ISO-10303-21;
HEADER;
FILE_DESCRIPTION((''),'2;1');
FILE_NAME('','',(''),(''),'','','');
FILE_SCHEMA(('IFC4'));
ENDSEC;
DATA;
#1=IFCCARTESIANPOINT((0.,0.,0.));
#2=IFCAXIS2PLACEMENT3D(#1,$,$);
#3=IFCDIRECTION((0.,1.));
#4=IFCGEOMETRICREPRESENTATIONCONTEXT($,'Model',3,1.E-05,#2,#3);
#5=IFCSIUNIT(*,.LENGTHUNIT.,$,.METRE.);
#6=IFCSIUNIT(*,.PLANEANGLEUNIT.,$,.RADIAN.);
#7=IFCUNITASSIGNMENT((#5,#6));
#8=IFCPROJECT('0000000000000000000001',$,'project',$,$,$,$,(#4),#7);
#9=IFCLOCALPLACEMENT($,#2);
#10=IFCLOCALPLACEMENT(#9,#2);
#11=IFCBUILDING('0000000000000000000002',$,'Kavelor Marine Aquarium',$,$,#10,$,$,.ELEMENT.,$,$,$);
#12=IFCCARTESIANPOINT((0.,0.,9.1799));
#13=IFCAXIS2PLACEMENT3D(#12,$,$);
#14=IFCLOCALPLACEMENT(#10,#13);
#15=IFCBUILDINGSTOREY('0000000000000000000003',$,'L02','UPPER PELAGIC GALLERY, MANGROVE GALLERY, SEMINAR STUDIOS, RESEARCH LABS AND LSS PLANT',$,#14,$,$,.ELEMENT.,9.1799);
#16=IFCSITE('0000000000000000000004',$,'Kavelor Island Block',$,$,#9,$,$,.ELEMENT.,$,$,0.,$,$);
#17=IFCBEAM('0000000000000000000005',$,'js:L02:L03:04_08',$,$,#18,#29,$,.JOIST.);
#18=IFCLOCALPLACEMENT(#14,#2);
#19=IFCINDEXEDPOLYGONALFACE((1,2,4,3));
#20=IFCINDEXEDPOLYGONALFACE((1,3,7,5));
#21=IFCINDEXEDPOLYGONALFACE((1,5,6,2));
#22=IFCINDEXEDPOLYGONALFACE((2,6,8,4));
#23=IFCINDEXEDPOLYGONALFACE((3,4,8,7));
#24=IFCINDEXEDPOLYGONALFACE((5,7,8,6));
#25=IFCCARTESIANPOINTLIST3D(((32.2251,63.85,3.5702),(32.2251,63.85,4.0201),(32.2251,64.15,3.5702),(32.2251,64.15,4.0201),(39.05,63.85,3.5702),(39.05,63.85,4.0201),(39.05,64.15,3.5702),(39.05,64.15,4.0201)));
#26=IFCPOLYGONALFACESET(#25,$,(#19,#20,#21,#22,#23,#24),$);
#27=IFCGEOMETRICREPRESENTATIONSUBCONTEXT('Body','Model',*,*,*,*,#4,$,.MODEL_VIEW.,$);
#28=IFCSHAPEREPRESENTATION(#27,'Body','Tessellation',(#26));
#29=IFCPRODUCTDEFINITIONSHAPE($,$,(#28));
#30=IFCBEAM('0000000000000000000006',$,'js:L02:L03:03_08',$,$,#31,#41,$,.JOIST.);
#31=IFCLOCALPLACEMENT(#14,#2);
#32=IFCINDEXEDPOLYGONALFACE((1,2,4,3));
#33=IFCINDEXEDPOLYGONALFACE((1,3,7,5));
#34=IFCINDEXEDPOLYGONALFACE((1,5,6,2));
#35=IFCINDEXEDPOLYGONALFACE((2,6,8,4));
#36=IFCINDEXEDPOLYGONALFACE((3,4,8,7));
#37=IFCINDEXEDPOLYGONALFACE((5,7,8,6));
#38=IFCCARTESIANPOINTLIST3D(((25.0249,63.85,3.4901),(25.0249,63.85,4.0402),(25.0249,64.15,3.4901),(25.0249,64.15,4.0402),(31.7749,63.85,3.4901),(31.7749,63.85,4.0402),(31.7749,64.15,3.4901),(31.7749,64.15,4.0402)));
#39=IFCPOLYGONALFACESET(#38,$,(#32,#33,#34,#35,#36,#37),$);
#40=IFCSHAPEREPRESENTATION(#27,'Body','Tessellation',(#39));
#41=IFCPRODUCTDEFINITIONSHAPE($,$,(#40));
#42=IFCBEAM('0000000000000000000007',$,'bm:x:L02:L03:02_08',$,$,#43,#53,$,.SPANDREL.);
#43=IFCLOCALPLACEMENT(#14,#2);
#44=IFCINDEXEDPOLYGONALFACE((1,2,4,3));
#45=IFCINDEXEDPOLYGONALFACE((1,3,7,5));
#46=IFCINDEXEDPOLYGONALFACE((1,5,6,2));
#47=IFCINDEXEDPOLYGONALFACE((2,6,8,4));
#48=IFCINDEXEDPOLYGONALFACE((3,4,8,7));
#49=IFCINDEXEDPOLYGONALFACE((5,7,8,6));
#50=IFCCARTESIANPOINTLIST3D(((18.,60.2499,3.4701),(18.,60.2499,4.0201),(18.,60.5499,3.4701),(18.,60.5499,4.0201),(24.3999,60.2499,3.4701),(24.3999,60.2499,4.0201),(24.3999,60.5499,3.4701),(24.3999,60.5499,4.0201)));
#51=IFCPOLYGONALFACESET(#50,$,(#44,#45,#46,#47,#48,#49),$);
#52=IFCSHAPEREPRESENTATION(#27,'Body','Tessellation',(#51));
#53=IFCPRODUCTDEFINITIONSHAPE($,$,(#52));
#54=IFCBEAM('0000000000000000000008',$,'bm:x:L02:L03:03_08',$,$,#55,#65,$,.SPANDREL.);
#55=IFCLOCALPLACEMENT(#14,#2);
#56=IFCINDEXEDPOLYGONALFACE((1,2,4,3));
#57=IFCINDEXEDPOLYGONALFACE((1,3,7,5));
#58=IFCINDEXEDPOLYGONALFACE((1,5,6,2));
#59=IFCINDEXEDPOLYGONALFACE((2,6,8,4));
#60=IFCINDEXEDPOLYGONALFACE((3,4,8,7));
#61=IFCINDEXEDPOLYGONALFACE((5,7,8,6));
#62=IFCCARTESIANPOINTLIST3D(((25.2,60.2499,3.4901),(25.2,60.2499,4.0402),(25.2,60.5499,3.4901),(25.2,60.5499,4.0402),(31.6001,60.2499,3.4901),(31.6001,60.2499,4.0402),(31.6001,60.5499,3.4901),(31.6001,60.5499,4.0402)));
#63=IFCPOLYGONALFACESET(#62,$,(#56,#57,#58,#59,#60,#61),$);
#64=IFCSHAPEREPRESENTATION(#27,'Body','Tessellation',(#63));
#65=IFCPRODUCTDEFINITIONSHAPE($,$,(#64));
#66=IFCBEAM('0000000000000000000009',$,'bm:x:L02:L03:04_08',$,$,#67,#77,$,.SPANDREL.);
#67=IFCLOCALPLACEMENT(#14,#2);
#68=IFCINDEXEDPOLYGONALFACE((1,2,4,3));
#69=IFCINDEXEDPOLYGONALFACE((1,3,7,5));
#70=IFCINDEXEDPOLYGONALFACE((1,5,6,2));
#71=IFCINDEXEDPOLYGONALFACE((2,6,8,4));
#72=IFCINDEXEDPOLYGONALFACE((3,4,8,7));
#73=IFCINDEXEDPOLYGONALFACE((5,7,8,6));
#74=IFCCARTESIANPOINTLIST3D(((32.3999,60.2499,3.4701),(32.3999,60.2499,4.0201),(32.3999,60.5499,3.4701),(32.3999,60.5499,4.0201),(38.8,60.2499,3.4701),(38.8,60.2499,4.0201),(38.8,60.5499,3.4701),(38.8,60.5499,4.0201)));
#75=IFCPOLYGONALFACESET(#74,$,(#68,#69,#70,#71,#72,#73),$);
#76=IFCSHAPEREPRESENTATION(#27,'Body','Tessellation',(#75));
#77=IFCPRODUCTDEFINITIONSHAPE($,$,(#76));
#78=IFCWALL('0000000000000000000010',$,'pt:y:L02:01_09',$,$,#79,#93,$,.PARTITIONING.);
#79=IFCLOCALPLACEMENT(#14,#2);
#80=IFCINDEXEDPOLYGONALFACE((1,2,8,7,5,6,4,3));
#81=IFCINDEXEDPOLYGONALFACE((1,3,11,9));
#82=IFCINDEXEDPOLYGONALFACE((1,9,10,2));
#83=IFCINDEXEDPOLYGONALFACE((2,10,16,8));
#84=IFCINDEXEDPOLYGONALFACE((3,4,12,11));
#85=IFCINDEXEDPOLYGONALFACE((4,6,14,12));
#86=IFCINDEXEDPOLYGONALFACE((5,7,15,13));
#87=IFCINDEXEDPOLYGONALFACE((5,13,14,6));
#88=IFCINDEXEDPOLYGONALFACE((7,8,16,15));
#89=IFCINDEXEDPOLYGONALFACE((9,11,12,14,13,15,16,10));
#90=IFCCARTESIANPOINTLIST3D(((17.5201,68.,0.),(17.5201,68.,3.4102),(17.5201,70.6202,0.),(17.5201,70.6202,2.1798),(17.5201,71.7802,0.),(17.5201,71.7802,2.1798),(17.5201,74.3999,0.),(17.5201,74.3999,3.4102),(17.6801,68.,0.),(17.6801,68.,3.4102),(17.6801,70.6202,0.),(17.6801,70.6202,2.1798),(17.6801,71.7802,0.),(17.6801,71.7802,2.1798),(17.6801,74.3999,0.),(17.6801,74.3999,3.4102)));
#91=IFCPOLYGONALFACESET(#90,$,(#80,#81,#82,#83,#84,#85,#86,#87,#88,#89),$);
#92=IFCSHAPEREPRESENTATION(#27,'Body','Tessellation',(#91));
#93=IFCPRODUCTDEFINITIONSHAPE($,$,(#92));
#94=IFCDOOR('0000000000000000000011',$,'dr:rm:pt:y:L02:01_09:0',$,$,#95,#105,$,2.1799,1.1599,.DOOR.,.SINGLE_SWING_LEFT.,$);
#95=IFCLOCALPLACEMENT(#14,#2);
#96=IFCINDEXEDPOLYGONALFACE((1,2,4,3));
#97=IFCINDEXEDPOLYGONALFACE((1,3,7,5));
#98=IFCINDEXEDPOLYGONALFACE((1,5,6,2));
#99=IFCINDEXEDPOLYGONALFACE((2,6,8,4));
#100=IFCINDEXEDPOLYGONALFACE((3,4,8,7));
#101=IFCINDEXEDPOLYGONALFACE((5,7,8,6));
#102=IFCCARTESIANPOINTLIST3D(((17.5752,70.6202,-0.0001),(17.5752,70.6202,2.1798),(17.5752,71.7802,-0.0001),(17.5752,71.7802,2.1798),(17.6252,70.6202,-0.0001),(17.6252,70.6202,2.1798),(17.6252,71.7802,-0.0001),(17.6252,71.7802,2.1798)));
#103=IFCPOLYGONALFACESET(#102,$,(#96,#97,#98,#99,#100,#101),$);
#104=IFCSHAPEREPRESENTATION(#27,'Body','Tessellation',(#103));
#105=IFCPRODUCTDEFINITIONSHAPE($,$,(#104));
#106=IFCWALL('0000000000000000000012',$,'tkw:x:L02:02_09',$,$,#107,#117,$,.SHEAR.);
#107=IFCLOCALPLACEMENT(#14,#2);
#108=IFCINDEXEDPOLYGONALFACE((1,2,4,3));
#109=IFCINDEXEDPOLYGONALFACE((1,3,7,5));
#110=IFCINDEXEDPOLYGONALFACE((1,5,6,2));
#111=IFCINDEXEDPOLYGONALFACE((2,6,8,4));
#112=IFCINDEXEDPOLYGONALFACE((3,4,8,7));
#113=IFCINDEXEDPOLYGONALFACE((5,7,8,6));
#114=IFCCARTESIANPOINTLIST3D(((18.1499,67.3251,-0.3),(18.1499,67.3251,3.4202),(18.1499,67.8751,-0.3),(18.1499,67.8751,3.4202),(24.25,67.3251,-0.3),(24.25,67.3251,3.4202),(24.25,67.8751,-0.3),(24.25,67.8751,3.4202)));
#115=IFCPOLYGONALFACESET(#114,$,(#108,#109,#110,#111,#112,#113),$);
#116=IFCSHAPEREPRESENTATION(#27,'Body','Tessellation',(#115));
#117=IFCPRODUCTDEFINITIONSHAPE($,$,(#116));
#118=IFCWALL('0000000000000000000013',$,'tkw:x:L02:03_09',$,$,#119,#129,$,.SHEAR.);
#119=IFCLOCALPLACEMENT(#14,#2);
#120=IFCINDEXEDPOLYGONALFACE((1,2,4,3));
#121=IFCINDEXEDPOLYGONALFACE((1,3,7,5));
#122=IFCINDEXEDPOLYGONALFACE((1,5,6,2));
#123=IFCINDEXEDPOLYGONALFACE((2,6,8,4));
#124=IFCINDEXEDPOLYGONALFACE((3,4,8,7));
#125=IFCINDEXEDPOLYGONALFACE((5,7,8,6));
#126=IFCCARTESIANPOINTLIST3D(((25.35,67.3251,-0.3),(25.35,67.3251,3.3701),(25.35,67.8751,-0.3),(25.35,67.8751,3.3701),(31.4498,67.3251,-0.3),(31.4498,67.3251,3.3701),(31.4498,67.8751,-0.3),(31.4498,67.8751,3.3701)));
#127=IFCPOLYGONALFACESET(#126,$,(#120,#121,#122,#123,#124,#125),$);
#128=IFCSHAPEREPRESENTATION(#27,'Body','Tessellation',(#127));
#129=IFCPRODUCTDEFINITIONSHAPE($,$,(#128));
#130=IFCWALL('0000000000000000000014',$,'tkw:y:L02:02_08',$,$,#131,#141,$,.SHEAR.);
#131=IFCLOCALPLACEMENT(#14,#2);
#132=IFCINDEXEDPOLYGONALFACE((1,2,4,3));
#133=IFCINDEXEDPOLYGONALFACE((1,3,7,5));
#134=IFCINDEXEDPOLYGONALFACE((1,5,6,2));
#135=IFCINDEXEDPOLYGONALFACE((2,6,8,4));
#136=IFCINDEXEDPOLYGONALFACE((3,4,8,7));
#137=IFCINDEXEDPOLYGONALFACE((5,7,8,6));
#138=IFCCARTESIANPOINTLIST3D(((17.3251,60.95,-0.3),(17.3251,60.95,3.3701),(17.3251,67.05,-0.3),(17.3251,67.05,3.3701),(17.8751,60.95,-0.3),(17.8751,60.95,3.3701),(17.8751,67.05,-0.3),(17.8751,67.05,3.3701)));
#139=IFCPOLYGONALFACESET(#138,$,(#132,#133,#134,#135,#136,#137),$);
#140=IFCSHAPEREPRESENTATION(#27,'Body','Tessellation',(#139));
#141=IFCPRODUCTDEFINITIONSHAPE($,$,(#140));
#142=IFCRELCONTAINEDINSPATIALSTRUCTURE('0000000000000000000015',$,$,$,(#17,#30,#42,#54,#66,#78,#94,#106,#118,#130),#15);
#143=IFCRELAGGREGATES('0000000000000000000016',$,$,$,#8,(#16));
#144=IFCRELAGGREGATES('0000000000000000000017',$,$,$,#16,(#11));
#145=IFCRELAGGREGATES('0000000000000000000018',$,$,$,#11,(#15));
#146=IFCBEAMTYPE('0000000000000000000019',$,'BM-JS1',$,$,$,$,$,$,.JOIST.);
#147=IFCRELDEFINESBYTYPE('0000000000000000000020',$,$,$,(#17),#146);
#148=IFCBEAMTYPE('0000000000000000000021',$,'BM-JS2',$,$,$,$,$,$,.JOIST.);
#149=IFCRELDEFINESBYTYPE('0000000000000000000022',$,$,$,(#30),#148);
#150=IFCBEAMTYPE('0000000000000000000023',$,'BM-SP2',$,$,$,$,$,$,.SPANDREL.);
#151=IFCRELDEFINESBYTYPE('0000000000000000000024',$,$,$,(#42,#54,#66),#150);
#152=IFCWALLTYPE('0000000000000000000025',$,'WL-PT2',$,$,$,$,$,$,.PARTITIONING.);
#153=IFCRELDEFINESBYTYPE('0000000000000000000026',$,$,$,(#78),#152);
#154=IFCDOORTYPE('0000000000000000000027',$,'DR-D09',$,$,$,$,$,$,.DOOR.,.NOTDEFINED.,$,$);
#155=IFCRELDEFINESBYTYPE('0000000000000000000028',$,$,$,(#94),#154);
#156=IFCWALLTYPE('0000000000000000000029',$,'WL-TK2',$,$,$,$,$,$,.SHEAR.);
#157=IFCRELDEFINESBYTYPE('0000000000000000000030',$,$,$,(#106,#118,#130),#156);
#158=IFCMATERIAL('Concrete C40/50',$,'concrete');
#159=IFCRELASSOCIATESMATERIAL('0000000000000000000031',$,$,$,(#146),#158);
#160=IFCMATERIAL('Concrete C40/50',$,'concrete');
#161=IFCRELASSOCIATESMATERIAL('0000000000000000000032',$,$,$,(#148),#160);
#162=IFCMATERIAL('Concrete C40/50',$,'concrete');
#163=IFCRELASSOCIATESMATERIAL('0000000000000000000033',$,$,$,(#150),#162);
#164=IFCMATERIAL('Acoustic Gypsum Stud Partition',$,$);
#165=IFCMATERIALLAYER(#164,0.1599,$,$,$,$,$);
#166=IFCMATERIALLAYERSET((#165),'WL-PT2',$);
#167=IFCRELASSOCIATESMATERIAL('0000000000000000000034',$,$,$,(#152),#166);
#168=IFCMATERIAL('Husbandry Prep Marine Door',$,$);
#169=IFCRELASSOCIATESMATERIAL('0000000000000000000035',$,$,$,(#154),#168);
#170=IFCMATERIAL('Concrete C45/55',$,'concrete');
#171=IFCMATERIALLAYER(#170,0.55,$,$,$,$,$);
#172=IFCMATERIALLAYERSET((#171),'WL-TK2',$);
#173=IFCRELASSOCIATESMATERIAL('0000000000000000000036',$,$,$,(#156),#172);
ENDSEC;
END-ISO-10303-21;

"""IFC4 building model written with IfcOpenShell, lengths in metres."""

from ifc_helpers import new_model, si_unit, direction, frame, frame_2d, origin, origin_2d, place, context, subcontext, project, spatial, rectangle, extrude, material, layer, layer_set, material_profile, profile_set, type_object, element, fill, save


model = new_model("IFC4")

# Units and contexts
model_context = context("Model", 3, precision=1e-05, world=origin(), true_north=direction((0.0, 1.0)))
body_context = subcontext(model_context, "Body", "Model", "MODEL_VIEW")
ifc_project = project(units=[si_unit("LENGTHUNIT", "METRE"), si_unit("PLANEANGLEUNIT", "RADIAN")], contexts=[model_context])

# Site, building, storey
site_placement = place(None, origin())
site = spatial("IfcSite", under=ifc_project, at=site_placement, Name="Kavelor Island Block", CompositionType="ELEMENT", RefElevation=0.0)
building_placement = place(site_placement, origin())
building = spatial("IfcBuilding", under=site, at=building_placement, Name="Kavelor Marine Aquarium", CompositionType="ELEMENT")
storey_placement = place(building_placement, frame((0.0, 0.0, 9.1799)))
storey = spatial("IfcBuildingStorey", under=building, at=storey_placement, Name="L02", Description="UPPER PELAGIC GALLERY, MANGROVE GALLERY, SEMINAR STUDIOS, RESEARCH LABS AND LSS PLANT", CompositionType="ELEMENT", Elevation=9.1799)

# Beams
ifc_material_1 = material(Name="Concrete C40/50", Category="concrete")
ifc_material_profile_1 = material_profile(ifc_material_1, rectangle(XDim=0.3, YDim=0.45, at=origin_2d()), Name="RC-JS 300x450")
ifc_profile_set_1 = profile_set([ifc_material_profile_1], Name="Concrete C40/50")
beam_type_1 = type_object("IfcBeamType", Name="BM-JS1", PredefinedType="JOIST", material=ifc_profile_set_1)
beam_1_placement = place(storey_placement, frame((32.2251, 64.0, 3.7952), z_axis=(1.0, 0.0, 0.0), x_axis=(0.0, 1.0, 0.0)))
element("IfcBeam", 1, at=beam_1_placement, inside=storey, type_object=beam_type_1, Name="js:L02:L03:04_08", PredefinedType="JOIST", context=body_context, shape_type="SweptSolid", body=[
    extrude(rectangle(XDim=0.3, YDim=0.45, at=origin_2d()), origin(), (0.0, 0.0, 1.0), 6.825),
])
ifc_material_2 = material(Name="Concrete C40/50", Category="concrete")
ifc_material_profile_2 = material_profile(ifc_material_2, rectangle(XDim=0.3, YDim=0.55, at=origin_2d()), Name="RC-JS 300x550")
ifc_profile_set_2 = profile_set([ifc_material_profile_2], Name="Concrete C40/50")
beam_type_2 = type_object("IfcBeamType", Name="BM-JS2", PredefinedType="JOIST", material=ifc_profile_set_2)
beam_2_placement = place(storey_placement, frame((25.0249, 64.0, 3.7651), z_axis=(1.0, 0.0, 0.0), x_axis=(0.0, 1.0, 0.0)))
element("IfcBeam", 2, at=beam_2_placement, inside=storey, type_object=beam_type_2, Name="js:L02:L03:03_08", PredefinedType="JOIST", context=body_context, shape_type="SweptSolid", body=[
    extrude(rectangle(XDim=0.3, YDim=0.55, at=origin_2d()), origin(), (0.0, 0.0, 1.0), 6.75),
])
ifc_material_3 = material(Name="Concrete C40/50", Category="concrete")
ifc_material_profile_3 = material_profile(ifc_material_3, rectangle(XDim=0.3, YDim=0.55, at=origin_2d()), Name="RC-SP 300x550")
ifc_profile_set_3 = profile_set([ifc_material_profile_3], Name="Concrete C40/50")
beam_type_3 = type_object("IfcBeamType", Name="BM-SP2", PredefinedType="SPANDREL", material=ifc_profile_set_3)
beam_3_placement = place(storey_placement, frame((18.0, 60.3999, 3.7451), z_axis=(1.0, 0.0, 0.0), x_axis=(0.0, 1.0, 0.0)))
element("IfcBeam", 3, at=beam_3_placement, inside=storey, type_object=beam_type_3, Name="bm:x:L02:L03:02_08", PredefinedType="SPANDREL", context=body_context, shape_type="SweptSolid", body=[
    extrude(rectangle(XDim=0.3, YDim=0.55, at=origin_2d()), origin(), (0.0, 0.0, 1.0), 6.3999),
])
for number, where, z_axis, x_axis, name in (
    (4, (25.2, 60.3999, 3.7651), (1.0, 0.0, 0.0), (0.0, 1.0, 0.0), "bm:x:L02:L03:03_08"),
    (5, (32.3999, 60.3999, 3.7451), (1.0, 0.0, 0.0), (0.0, 1.0, 0.0), "bm:x:L02:L03:04_08"),
):
    element("IfcBeam", number, at=place(storey_placement, frame(where, z_axis=z_axis, x_axis=x_axis)), inside=storey, type_object=beam_type_3, Name=name, PredefinedType="SPANDREL", context=body_context, shape_type="SweptSolid", body=[
        extrude(rectangle(XDim=0.3, YDim=0.55, at=origin_2d()), origin(), (0.0, 0.0, 1.0), 6.4001),
    ])

# Wall, opening, door
ifc_material_4 = material(Name="Acoustic Gypsum Stud Partition")
ifc_layer_1 = layer(ifc_material_4, 0.1599)
ifc_layer_set_1 = layer_set([ifc_layer_1], Name="WL-PT2")
wall_type_1 = type_object("IfcWallType", Name="WL-PT2", PredefinedType="PARTITIONING", material=ifc_layer_set_1)
wall_1_placement = place(storey_placement, frame((17.6001, 68.0, 0.0), z_axis=(0.0, 0.0, 1.0), x_axis=(0.0, 1.0, 0.0)))
wall_1 = element("IfcWall", 6, at=wall_1_placement, inside=storey, type_object=wall_type_1, Name="pt:y:L02:01_09", PredefinedType="PARTITIONING", context=body_context, shape_type="SweptSolid", body=[
    extrude(rectangle(XDim=6.3999, YDim=0.1599, at=frame_2d((3.2, 0.0))), origin(), (0.0, 0.0, 1.0), 3.4102),
])
opening_placement = place(wall_1_placement, frame((2.6201, 0.0, 0.0)))
opening = element("IfcOpeningElement", 7, at=opening_placement, cuts=wall_1, PredefinedType="OPENING", context=body_context, shape_type="SweptSolid", body=[
    extrude(rectangle(XDim=1.1599, YDim=2.1799, at=frame_2d((0.5801, 1.0898))), frame((0.0, 0.0898, 0.0), z_axis=(0.0, -1.0, 0.0), x_axis=(1.0, 0.0, 0.0)), (0.0, 0.0, 1.0), 0.1799),
])
ifc_material_5 = material(Name="Husbandry Prep Marine Door")
door_type = type_object("IfcDoorType", Name="DR-D09", OperationType="NOTDEFINED", PredefinedType="DOOR", material=ifc_material_5)
door_placement = place(opening_placement, origin())
door = element("IfcDoor", 8, at=door_placement, inside=storey, type_object=door_type, Name="dr:rm:pt:y:L02:01_09:0", OperationType="SINGLE_SWING_LEFT", OverallHeight=2.1799, OverallWidth=1.1599, PredefinedType="DOOR", context=body_context, shape_type="SweptSolid", body=[
    extrude(rectangle(XDim=1.1599, YDim=2.1799, at=frame_2d((0.5801, 1.0898))), frame((0.0, 0.0249, 0.0), z_axis=(0.0, -1.0, 0.0), x_axis=(1.0, 0.0, 0.0)), (0.0, 0.0, 1.0), 0.05),
])
fill(opening, door)

# Walls
ifc_material_6 = material(Name="Concrete C45/55", Category="concrete")
ifc_layer_2 = layer(ifc_material_6, 0.55)
ifc_layer_set_2 = layer_set([ifc_layer_2], Name="WL-TK2")
wall_type_2 = type_object("IfcWallType", Name="WL-TK2", PredefinedType="SHEAR", material=ifc_layer_set_2)
wall_2_placement = place(storey_placement, frame((18.1499, 67.6001, -0.3), z_axis=(0.0, 0.0, 1.0), x_axis=(1.0, 0.0, 0.0)))
element("IfcWall", 9, at=wall_2_placement, inside=storey, type_object=wall_type_2, Name="tkw:x:L02:02_09", PredefinedType="SHEAR", context=body_context, shape_type="SweptSolid", body=[
    extrude(rectangle(XDim=6.1001, YDim=0.55, at=frame_2d((3.05, 0.0))), origin(), (0.0, 0.0, 1.0), 3.7202),
])
wall_3_placement = place(storey_placement, frame((25.3501, 67.6001, -0.3), z_axis=(0.0, 0.0, 1.0), x_axis=(1.0, 0.0, 0.0)))
element("IfcWall", 10, at=wall_3_placement, inside=storey, type_object=wall_type_2, Name="tkw:x:L02:03_09", PredefinedType="SHEAR", context=body_context, shape_type="SweptSolid", body=[
    extrude(rectangle(XDim=6.0999, YDim=0.55, at=frame_2d((3.0498, 0.0))), origin(), (0.0, 0.0, 1.0), 3.6702),
])
wall_4_placement = place(storey_placement, frame((17.6001, 60.95, -0.3), z_axis=(0.0, 0.0, 1.0), x_axis=(0.0, 1.0, 0.0)))
element("IfcWall", 11, at=wall_4_placement, inside=storey, type_object=wall_type_2, Name="tkw:y:L02:02_08", PredefinedType="SHEAR", context=body_context, shape_type="SweptSolid", body=[
    extrude(rectangle(XDim=6.1001, YDim=0.55, at=frame_2d((3.05, 0.0))), origin(), (0.0, 0.0, 1.0), 3.6702),
])

save(model, "model.ifc")
